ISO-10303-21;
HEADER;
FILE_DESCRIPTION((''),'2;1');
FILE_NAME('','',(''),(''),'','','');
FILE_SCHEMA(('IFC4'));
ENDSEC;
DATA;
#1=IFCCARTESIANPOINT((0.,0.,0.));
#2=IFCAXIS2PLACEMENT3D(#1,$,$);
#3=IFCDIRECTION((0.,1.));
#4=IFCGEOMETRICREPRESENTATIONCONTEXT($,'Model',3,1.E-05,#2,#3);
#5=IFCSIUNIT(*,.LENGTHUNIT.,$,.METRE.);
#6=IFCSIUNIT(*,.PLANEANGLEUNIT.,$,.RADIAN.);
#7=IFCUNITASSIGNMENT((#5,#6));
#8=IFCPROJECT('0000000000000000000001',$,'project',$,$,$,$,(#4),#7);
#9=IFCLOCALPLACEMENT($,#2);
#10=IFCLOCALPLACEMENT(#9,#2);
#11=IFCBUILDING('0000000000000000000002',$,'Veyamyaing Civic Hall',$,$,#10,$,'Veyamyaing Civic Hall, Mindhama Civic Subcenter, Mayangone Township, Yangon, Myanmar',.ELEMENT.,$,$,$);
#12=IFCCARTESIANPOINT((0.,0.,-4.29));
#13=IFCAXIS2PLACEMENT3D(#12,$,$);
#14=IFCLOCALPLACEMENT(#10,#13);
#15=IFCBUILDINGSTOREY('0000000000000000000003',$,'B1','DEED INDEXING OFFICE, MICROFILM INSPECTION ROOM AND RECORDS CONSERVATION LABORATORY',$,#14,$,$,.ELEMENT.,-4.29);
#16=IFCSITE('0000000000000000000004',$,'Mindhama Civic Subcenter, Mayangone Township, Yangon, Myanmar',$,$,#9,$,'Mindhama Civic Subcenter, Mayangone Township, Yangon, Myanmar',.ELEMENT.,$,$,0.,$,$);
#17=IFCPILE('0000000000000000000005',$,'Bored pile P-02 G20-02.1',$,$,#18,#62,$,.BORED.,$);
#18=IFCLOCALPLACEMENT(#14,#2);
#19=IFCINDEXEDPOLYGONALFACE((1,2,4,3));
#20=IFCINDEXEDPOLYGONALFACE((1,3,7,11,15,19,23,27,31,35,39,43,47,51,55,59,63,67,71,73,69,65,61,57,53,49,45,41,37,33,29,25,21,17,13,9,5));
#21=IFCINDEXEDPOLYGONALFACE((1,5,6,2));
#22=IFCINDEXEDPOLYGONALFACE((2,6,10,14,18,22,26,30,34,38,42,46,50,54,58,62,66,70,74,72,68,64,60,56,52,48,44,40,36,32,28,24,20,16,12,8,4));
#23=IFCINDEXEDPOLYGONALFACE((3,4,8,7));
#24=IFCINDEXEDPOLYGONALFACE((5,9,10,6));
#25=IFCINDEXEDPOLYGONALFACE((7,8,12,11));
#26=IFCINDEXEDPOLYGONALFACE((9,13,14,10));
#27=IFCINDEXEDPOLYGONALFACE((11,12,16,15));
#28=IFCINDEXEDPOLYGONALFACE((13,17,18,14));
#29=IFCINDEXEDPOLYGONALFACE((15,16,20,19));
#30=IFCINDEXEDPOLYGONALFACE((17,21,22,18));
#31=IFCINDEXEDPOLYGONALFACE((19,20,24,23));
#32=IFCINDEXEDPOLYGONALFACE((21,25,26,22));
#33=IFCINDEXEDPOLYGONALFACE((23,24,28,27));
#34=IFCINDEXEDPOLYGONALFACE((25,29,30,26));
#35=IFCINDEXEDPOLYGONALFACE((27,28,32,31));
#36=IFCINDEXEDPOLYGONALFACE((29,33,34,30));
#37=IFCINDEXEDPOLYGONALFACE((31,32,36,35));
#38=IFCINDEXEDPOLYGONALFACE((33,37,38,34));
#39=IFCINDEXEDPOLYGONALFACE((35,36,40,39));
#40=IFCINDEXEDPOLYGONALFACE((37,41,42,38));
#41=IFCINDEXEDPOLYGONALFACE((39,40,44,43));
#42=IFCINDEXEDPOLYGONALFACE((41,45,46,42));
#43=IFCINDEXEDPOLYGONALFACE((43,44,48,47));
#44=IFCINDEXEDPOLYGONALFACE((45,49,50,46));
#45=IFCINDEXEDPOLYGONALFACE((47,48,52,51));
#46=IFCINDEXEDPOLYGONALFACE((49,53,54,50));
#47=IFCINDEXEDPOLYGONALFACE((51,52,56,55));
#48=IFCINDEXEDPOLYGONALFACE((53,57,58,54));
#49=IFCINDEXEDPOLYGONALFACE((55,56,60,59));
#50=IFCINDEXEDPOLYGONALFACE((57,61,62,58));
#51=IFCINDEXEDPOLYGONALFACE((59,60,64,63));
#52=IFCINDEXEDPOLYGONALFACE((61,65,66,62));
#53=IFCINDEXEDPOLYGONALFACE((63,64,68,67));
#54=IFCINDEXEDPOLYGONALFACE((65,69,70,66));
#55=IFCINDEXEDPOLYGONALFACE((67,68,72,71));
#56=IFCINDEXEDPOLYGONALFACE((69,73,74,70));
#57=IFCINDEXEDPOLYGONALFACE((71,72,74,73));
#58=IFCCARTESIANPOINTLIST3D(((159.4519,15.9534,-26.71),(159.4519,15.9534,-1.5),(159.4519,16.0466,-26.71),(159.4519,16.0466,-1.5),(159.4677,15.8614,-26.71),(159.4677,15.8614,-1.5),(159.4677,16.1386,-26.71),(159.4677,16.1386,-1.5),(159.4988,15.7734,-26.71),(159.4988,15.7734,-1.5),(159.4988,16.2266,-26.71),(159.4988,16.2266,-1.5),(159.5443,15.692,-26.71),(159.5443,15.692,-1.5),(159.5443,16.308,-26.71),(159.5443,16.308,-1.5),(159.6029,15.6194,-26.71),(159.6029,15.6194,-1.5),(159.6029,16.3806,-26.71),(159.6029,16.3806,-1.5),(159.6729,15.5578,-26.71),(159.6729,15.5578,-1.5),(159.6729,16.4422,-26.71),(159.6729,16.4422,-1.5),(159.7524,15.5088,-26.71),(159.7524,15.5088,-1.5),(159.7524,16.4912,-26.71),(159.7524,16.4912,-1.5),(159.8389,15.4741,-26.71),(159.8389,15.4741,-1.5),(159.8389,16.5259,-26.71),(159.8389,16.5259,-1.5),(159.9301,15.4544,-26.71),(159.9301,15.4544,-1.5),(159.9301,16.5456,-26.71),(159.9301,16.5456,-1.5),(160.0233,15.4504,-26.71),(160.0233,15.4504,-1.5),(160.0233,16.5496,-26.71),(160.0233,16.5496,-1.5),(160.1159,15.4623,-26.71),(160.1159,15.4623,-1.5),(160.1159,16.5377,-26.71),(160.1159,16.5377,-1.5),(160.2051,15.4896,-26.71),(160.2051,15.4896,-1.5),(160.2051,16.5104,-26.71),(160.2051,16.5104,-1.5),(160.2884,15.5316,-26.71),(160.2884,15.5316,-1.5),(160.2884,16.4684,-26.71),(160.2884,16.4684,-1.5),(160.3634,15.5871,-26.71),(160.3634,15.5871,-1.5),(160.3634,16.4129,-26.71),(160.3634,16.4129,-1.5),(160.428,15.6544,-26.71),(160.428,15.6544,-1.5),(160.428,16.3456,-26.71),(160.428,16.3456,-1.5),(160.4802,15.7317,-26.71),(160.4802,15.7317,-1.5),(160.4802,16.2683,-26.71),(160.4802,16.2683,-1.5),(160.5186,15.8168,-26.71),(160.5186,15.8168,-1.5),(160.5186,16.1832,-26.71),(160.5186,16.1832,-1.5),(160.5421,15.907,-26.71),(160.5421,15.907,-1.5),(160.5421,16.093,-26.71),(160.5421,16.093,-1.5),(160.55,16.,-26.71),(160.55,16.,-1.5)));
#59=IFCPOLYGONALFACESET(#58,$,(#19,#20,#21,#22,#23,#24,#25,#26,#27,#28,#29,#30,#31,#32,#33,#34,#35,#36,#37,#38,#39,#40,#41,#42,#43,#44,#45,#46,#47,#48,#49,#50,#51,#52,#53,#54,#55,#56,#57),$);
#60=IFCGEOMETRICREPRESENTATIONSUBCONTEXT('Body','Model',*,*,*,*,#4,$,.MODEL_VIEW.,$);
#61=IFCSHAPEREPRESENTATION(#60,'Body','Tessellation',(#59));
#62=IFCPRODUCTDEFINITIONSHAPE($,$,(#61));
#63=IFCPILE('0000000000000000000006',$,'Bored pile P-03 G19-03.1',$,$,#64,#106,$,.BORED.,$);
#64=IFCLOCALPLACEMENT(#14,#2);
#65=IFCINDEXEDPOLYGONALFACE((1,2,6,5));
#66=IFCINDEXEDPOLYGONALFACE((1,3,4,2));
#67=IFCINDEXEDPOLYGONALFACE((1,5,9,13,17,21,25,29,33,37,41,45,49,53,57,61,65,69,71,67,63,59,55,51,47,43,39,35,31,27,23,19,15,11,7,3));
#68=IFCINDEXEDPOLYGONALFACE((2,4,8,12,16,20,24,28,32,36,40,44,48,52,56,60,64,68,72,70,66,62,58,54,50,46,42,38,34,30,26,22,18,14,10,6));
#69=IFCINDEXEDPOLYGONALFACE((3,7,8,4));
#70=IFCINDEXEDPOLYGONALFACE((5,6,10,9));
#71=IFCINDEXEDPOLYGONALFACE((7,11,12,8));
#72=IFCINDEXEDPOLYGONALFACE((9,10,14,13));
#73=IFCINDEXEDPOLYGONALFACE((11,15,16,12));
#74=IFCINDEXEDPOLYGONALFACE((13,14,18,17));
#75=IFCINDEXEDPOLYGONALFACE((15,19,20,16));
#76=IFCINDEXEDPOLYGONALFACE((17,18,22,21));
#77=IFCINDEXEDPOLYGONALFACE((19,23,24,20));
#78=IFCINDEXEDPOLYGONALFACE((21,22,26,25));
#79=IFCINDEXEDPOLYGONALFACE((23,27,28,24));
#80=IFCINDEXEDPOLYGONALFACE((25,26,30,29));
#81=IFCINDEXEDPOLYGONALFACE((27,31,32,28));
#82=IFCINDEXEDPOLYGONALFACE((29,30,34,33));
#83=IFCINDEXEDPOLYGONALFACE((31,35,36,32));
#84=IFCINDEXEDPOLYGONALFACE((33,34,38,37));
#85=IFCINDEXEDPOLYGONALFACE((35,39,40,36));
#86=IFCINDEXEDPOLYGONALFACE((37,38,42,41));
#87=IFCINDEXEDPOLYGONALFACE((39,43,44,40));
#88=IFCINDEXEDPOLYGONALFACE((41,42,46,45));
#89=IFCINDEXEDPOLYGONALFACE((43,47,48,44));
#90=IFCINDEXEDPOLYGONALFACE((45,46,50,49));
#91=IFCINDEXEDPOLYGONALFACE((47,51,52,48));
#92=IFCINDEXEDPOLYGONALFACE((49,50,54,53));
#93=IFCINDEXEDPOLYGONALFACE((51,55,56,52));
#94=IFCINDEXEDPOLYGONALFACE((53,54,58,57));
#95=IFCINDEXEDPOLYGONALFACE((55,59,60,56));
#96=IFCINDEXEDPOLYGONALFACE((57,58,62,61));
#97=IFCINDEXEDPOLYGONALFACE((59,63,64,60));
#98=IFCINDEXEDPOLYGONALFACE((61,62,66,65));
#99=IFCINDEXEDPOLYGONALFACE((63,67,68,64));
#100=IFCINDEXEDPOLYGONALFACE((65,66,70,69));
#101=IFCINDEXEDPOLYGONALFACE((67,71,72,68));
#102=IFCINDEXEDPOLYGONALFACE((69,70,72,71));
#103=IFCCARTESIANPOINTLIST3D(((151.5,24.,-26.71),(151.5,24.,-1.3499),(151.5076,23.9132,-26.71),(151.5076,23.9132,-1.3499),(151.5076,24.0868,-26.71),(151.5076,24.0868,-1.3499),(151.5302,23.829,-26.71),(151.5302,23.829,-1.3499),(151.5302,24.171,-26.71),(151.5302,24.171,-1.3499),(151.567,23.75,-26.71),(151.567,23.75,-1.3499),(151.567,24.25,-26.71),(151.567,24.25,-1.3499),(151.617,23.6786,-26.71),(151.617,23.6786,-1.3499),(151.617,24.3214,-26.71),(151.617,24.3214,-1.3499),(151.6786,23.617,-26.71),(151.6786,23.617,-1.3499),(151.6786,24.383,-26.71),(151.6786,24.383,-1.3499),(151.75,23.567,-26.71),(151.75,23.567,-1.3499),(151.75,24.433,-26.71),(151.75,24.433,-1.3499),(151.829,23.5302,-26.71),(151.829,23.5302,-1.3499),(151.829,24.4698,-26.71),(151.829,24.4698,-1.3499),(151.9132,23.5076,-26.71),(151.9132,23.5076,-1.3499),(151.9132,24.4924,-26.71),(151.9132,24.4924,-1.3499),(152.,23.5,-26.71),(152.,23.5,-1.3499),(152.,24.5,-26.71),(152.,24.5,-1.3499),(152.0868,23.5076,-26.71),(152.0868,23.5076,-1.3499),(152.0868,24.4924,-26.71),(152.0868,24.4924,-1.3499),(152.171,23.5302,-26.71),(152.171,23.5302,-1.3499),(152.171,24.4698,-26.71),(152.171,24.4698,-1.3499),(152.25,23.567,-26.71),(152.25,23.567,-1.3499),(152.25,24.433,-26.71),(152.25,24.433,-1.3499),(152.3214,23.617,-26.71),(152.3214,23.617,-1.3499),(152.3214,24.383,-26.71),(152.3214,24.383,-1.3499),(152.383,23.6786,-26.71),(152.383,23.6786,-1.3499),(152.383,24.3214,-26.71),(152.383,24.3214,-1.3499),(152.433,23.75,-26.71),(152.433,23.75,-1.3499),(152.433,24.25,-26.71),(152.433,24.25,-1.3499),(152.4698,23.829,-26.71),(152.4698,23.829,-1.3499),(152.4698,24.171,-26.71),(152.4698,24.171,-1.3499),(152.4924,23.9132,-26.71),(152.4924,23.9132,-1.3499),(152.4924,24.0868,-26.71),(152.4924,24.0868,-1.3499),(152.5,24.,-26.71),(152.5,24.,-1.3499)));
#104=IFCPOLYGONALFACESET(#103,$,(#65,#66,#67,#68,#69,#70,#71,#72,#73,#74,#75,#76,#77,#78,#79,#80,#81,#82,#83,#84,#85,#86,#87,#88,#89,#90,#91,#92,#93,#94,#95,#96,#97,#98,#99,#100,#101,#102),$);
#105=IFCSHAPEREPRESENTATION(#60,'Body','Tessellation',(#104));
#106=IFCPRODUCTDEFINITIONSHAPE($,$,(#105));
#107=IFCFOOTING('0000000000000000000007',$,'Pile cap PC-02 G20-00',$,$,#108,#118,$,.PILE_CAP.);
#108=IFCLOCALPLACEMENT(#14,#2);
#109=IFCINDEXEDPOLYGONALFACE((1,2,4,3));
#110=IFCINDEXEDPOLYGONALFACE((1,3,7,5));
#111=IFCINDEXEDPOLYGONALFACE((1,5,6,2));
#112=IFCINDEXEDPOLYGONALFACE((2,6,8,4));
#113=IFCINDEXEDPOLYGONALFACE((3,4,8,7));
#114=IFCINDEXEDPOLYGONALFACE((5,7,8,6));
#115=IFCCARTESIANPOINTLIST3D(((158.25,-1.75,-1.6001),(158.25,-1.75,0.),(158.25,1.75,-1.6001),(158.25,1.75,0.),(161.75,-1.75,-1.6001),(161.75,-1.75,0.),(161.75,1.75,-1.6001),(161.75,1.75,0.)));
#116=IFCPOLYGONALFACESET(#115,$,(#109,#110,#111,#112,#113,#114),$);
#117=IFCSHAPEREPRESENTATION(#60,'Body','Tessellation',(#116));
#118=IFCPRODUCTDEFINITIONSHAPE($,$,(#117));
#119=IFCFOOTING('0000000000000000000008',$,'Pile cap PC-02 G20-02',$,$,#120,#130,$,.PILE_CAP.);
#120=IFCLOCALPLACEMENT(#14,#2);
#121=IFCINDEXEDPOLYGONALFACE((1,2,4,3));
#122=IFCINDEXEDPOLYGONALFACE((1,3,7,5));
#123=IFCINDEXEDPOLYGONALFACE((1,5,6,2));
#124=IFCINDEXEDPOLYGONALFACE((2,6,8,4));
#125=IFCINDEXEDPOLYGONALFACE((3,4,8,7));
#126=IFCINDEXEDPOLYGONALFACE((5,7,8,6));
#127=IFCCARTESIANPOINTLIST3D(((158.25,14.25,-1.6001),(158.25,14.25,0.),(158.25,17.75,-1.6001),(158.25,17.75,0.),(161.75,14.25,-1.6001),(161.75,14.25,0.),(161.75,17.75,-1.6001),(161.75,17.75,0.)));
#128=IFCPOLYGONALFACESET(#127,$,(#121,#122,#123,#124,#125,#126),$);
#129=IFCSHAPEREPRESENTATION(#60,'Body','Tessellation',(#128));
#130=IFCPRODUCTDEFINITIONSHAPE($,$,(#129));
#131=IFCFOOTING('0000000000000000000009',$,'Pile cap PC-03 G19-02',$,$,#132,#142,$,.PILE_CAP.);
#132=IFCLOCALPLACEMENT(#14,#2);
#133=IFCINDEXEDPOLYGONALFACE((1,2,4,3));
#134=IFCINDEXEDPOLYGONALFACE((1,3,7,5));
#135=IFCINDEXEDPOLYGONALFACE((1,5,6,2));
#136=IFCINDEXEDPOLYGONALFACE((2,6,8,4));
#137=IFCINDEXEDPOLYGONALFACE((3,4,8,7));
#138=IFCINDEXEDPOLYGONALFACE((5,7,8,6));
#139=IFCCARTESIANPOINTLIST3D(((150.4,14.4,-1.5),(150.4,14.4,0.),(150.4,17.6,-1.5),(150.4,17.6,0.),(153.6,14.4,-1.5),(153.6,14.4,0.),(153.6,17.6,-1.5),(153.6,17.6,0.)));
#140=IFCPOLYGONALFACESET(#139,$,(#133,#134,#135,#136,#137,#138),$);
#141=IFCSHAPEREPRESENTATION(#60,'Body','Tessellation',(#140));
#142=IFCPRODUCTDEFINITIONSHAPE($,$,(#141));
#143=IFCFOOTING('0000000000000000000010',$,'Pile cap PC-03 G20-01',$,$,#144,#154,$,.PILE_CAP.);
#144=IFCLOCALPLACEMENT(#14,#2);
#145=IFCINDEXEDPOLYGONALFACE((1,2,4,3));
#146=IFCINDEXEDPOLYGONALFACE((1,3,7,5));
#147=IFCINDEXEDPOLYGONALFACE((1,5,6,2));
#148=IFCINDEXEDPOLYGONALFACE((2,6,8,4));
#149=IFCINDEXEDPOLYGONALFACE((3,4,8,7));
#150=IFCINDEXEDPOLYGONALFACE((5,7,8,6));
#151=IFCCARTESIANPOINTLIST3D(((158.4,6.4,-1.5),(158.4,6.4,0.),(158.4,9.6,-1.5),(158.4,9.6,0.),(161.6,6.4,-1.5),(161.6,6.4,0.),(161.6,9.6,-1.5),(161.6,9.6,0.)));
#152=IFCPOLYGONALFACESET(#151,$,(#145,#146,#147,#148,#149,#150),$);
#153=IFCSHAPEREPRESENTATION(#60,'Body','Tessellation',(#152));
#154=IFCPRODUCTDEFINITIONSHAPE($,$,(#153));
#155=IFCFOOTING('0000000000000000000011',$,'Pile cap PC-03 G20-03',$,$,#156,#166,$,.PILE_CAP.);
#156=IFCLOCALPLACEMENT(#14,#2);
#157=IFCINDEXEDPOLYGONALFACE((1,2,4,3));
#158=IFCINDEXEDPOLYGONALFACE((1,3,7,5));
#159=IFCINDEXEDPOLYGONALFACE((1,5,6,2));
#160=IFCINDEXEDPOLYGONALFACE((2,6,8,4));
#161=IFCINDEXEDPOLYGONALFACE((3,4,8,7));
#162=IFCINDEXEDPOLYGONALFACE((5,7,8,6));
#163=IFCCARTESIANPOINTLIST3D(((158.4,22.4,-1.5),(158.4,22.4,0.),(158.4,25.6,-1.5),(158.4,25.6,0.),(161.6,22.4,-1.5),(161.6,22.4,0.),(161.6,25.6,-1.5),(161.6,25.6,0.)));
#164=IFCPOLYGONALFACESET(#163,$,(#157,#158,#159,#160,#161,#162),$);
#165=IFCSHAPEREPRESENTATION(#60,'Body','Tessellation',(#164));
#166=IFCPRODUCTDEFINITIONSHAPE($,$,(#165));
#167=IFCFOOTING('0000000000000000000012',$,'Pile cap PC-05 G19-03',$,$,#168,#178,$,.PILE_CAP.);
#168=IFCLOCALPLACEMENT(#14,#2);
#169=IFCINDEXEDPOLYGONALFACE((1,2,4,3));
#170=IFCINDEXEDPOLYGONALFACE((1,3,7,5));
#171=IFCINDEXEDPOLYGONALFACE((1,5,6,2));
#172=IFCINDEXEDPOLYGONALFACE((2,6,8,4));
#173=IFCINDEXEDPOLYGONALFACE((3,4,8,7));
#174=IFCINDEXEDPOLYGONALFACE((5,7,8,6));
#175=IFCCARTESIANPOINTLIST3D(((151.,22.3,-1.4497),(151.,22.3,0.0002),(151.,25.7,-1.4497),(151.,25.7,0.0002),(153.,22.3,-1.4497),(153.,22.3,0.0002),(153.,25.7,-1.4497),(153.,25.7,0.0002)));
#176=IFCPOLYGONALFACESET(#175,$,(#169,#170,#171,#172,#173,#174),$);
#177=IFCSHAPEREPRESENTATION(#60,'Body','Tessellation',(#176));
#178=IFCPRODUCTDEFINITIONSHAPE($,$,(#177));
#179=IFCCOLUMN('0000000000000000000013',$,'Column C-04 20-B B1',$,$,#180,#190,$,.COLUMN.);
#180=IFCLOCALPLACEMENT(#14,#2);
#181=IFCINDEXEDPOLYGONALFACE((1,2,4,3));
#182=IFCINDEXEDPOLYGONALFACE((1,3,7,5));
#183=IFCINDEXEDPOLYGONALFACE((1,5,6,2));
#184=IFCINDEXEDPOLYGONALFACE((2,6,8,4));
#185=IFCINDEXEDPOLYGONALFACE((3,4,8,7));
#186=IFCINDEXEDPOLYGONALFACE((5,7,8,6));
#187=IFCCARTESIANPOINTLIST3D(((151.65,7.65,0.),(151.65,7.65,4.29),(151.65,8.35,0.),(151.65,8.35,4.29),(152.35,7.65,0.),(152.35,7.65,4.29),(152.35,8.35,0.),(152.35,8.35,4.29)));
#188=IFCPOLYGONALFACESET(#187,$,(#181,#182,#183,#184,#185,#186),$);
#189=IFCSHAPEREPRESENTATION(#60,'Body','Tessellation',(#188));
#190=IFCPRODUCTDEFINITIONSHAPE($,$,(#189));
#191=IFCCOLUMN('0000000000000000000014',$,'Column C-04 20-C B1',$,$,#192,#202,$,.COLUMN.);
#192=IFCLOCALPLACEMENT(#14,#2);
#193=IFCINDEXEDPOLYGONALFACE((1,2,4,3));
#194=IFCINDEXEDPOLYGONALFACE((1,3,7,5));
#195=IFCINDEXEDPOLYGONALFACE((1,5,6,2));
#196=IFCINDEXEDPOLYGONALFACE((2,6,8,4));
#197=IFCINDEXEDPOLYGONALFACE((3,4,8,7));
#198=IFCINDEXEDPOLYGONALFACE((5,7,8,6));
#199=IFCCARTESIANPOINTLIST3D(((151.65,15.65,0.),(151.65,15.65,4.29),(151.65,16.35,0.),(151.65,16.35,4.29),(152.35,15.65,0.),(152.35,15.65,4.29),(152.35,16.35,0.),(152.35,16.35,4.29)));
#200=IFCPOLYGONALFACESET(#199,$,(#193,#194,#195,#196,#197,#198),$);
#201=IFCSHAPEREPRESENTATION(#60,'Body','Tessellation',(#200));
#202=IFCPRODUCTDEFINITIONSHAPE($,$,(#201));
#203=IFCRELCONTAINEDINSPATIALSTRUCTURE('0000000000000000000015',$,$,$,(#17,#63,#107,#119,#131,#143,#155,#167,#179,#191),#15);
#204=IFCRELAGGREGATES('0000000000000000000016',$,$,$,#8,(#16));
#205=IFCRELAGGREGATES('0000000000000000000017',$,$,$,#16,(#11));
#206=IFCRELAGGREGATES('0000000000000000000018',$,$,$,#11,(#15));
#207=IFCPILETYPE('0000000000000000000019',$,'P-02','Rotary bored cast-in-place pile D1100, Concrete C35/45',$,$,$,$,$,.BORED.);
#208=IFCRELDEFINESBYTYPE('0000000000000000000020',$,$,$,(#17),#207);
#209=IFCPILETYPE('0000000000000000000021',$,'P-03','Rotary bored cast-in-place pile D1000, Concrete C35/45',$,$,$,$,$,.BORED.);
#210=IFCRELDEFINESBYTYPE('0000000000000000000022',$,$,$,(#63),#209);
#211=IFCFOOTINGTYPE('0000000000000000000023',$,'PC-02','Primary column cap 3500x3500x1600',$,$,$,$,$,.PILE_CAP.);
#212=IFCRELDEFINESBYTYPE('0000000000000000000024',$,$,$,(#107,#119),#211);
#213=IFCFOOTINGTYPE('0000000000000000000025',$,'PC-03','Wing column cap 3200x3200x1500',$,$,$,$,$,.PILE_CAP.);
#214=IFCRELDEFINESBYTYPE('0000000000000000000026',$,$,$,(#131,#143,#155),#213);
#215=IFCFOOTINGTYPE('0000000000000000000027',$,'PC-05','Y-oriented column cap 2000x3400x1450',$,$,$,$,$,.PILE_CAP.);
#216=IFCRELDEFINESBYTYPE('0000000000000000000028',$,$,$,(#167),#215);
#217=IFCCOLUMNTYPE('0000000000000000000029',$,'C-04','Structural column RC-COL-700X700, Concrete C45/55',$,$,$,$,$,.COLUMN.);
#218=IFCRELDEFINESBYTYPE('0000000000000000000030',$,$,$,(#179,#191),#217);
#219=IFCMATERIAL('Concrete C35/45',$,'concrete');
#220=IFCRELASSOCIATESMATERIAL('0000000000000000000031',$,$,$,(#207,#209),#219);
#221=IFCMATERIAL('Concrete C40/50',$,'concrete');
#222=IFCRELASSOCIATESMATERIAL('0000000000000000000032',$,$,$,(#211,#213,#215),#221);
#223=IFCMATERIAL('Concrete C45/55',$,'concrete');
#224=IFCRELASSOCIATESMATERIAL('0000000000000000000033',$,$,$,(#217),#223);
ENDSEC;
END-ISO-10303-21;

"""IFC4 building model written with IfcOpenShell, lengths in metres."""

from ifc_helpers import new_model, si_unit, direction, frame, origin, origin_2d, place, context, subcontext, project, spatial, rectangle, circle, extrude, material, material_profile, profile_set, type_object, element, save


model = new_model("IFC4")

# Units and contexts
model_context = context("Model", 3, precision=1e-05, world=origin(), true_north=direction((0.0, 1.0)))
body_context = subcontext(model_context, "Body", "Model", "MODEL_VIEW")
ifc_project = project(units=[si_unit("LENGTHUNIT", "METRE"), si_unit("PLANEANGLEUNIT", "RADIAN")], contexts=[model_context])

# Site, building, storey
site_placement = place(None, origin())
site = spatial("IfcSite", under=ifc_project, at=site_placement, Name="Mindhama Civic Subcenter, Mayangone Township, Yangon, Myanmar", LongName="Mindhama Civic Subcenter, Mayangone Township, Yangon, Myanmar", CompositionType="ELEMENT", RefElevation=0.0)
building_placement = place(site_placement, origin())
building = spatial("IfcBuilding", under=site, at=building_placement, Name="Veyamyaing Civic Hall", LongName="Veyamyaing Civic Hall, Mindhama Civic Subcenter, Mayangone Township, Yangon, Myanmar", CompositionType="ELEMENT")
storey_placement = place(building_placement, frame((0.0, 0.0, -4.29)))
storey = spatial("IfcBuildingStorey", under=building, at=storey_placement, Name="B1", Description="DEED INDEXING OFFICE, MICROFILM INSPECTION ROOM AND RECORDS CONSERVATION LABORATORY", CompositionType="ELEMENT", Elevation=-4.29)

# Shared definitions
ifc_material_1 = material(Name="Concrete C40/50", Category="concrete")

# Piles
ifc_material_2 = material(Name="Concrete C35/45", Category="concrete")
ifc_material_profile_1 = material_profile(ifc_material_2, circle(Radius=0.55, at=origin_2d()), Name="PILE-D1100")
ifc_profile_set_1 = profile_set([ifc_material_profile_1], Name="Concrete C35/45")
pile_type_1 = type_object("IfcPileType", Name="P-02", Description="Rotary bored cast-in-place pile D1100, Concrete C35/45", PredefinedType="BORED", material=ifc_profile_set_1)
for number, where, z_axis, x_axis, name in (
    (1, (160.0, 16.0, -1.5), (0.0, 0.0, -1.0), (1.0, 0.0, 0.0), "Bored pile P-02 G20-02.1"),
):
    element("IfcPile", number, at=place(storey_placement, frame(where, z_axis=z_axis, x_axis=x_axis)), inside=storey, type_object=pile_type_1, Name=name, PredefinedType="BORED", context=body_context, shape_type="SweptSolid", body=[
        extrude(circle(Radius=0.55, at=origin_2d()), origin(), (0.0, 0.0, 1.0), 25.21),
    ])
ifc_material_profile_2 = material_profile(ifc_material_2, circle(Radius=0.5, at=origin_2d()), Name="PILE-D1000")
ifc_profile_set_2 = profile_set([ifc_material_profile_2], Name="Concrete C35/45")
pile_type_2 = type_object("IfcPileType", Name="P-03", Description="Rotary bored cast-in-place pile D1000, Concrete C35/45", PredefinedType="BORED", material=ifc_profile_set_2)
pile_placement = place(storey_placement, frame((152.0, 24.0, -1.3499), z_axis=(0.0, 0.0, -1.0), x_axis=(1.0, 0.0, 0.0)))
element("IfcPile", 2, at=pile_placement, inside=storey, type_object=pile_type_2, Name="Bored pile P-03 G19-03.1", PredefinedType="BORED", context=body_context, shape_type="SweptSolid", body=[
    extrude(circle(Radius=0.5, at=origin_2d()), origin(), (0.0, 0.0, 1.0), 25.3601),
])

# Footings
footing_type_1 = type_object("IfcFootingType", Name="PC-02", Description="Primary column cap 3500x3500x1600", PredefinedType="PILE_CAP", material=ifc_material_1)
for number, where, z_axis, x_axis, name in (
    (3, (160.0, 0.0, -1.6001), (0.0, 0.0, 1.0), (1.0, 0.0, 0.0), "Pile cap PC-02 G20-00"),
    (4, (160.0, 16.0, -1.6001), (0.0, 0.0, 1.0), (1.0, 0.0, 0.0), "Pile cap PC-02 G20-02"),
):
    element("IfcFooting", number, at=place(storey_placement, frame(where, z_axis=z_axis, x_axis=x_axis)), inside=storey, type_object=footing_type_1, Name=name, PredefinedType="PILE_CAP", context=body_context, shape_type="SweptSolid", body=[
        extrude(rectangle(XDim=3.5, YDim=3.5, at=origin_2d()), origin(), (0.0, 0.0, 1.0), 1.6001),
    ])
footing_type_2 = type_object("IfcFootingType", Name="PC-03", Description="Wing column cap 3200x3200x1500", PredefinedType="PILE_CAP", material=ifc_material_1)
for number, where, z_axis, x_axis, name in (
    (5, (152.0, 16.0, -1.5), (0.0, 0.0, 1.0), (1.0, 0.0, 0.0), "Pile cap PC-03 G19-02"),
    (6, (160.0, 8.0, -1.5), (0.0, 0.0, 1.0), (1.0, 0.0, 0.0), "Pile cap PC-03 G20-01"),
    (7, (160.0, 24.0, -1.5), (0.0, 0.0, 1.0), (1.0, 0.0, 0.0), "Pile cap PC-03 G20-03"),
):
    element("IfcFooting", number, at=place(storey_placement, frame(where, z_axis=z_axis, x_axis=x_axis)), inside=storey, type_object=footing_type_2, Name=name, PredefinedType="PILE_CAP", context=body_context, shape_type="SweptSolid", body=[
        extrude(rectangle(XDim=3.2, YDim=3.2, at=origin_2d()), origin(), (0.0, 0.0, 1.0), 1.5),
    ])
footing_type_3 = type_object("IfcFootingType", Name="PC-05", Description="Y-oriented column cap 2000x3400x1450", PredefinedType="PILE_CAP", material=ifc_material_1)
footing_1_placement = place(storey_placement, frame((152.0, 24.0, -1.4497), z_axis=(0.0, 0.0, 1.0), x_axis=(1.0, 0.0, 0.0)))
element("IfcFooting", 8, at=footing_1_placement, inside=storey, type_object=footing_type_3, Name="Pile cap PC-05 G19-03", PredefinedType="PILE_CAP", context=body_context, shape_type="SweptSolid", body=[
    extrude(rectangle(XDim=2.0, YDim=3.3999, at=origin_2d()), origin(), (0.0, 0.0, 1.0), 1.45),
])

# Columns
ifc_material_3 = material(Name="Concrete C45/55", Category="concrete")
ifc_material_profile_3 = material_profile(ifc_material_3, rectangle(XDim=0.7, YDim=0.7, at=origin_2d()), Name="RC-COL-700X700")
ifc_profile_set_3 = profile_set([ifc_material_profile_3], Name="Concrete C45/55")
column_type = type_object("IfcColumnType", Name="C-04", Description="Structural column RC-COL-700X700, Concrete C45/55", PredefinedType="COLUMN", material=ifc_profile_set_3)
for number, where, z_axis, x_axis, name in (
    (9, (152.0, 8.0, 0.0), (0.0, 0.0, 1.0), (1.0, 0.0, 0.0), "Column C-04 20-B B1"),
    (10, (152.0, 16.0, 0.0), (0.0, 0.0, 1.0), (1.0, 0.0, 0.0), "Column C-04 20-C B1"),
):
    element("IfcColumn", number, at=place(storey_placement, frame(where, z_axis=z_axis, x_axis=x_axis)), inside=storey, type_object=column_type, Name=name, PredefinedType="COLUMN", context=body_context, shape_type="SweptSolid", body=[
        extrude(rectangle(XDim=0.7, YDim=0.7, at=origin_2d()), origin(), (0.0, 0.0, 1.0), 4.29),
    ])

save(model, "model.ifc")
